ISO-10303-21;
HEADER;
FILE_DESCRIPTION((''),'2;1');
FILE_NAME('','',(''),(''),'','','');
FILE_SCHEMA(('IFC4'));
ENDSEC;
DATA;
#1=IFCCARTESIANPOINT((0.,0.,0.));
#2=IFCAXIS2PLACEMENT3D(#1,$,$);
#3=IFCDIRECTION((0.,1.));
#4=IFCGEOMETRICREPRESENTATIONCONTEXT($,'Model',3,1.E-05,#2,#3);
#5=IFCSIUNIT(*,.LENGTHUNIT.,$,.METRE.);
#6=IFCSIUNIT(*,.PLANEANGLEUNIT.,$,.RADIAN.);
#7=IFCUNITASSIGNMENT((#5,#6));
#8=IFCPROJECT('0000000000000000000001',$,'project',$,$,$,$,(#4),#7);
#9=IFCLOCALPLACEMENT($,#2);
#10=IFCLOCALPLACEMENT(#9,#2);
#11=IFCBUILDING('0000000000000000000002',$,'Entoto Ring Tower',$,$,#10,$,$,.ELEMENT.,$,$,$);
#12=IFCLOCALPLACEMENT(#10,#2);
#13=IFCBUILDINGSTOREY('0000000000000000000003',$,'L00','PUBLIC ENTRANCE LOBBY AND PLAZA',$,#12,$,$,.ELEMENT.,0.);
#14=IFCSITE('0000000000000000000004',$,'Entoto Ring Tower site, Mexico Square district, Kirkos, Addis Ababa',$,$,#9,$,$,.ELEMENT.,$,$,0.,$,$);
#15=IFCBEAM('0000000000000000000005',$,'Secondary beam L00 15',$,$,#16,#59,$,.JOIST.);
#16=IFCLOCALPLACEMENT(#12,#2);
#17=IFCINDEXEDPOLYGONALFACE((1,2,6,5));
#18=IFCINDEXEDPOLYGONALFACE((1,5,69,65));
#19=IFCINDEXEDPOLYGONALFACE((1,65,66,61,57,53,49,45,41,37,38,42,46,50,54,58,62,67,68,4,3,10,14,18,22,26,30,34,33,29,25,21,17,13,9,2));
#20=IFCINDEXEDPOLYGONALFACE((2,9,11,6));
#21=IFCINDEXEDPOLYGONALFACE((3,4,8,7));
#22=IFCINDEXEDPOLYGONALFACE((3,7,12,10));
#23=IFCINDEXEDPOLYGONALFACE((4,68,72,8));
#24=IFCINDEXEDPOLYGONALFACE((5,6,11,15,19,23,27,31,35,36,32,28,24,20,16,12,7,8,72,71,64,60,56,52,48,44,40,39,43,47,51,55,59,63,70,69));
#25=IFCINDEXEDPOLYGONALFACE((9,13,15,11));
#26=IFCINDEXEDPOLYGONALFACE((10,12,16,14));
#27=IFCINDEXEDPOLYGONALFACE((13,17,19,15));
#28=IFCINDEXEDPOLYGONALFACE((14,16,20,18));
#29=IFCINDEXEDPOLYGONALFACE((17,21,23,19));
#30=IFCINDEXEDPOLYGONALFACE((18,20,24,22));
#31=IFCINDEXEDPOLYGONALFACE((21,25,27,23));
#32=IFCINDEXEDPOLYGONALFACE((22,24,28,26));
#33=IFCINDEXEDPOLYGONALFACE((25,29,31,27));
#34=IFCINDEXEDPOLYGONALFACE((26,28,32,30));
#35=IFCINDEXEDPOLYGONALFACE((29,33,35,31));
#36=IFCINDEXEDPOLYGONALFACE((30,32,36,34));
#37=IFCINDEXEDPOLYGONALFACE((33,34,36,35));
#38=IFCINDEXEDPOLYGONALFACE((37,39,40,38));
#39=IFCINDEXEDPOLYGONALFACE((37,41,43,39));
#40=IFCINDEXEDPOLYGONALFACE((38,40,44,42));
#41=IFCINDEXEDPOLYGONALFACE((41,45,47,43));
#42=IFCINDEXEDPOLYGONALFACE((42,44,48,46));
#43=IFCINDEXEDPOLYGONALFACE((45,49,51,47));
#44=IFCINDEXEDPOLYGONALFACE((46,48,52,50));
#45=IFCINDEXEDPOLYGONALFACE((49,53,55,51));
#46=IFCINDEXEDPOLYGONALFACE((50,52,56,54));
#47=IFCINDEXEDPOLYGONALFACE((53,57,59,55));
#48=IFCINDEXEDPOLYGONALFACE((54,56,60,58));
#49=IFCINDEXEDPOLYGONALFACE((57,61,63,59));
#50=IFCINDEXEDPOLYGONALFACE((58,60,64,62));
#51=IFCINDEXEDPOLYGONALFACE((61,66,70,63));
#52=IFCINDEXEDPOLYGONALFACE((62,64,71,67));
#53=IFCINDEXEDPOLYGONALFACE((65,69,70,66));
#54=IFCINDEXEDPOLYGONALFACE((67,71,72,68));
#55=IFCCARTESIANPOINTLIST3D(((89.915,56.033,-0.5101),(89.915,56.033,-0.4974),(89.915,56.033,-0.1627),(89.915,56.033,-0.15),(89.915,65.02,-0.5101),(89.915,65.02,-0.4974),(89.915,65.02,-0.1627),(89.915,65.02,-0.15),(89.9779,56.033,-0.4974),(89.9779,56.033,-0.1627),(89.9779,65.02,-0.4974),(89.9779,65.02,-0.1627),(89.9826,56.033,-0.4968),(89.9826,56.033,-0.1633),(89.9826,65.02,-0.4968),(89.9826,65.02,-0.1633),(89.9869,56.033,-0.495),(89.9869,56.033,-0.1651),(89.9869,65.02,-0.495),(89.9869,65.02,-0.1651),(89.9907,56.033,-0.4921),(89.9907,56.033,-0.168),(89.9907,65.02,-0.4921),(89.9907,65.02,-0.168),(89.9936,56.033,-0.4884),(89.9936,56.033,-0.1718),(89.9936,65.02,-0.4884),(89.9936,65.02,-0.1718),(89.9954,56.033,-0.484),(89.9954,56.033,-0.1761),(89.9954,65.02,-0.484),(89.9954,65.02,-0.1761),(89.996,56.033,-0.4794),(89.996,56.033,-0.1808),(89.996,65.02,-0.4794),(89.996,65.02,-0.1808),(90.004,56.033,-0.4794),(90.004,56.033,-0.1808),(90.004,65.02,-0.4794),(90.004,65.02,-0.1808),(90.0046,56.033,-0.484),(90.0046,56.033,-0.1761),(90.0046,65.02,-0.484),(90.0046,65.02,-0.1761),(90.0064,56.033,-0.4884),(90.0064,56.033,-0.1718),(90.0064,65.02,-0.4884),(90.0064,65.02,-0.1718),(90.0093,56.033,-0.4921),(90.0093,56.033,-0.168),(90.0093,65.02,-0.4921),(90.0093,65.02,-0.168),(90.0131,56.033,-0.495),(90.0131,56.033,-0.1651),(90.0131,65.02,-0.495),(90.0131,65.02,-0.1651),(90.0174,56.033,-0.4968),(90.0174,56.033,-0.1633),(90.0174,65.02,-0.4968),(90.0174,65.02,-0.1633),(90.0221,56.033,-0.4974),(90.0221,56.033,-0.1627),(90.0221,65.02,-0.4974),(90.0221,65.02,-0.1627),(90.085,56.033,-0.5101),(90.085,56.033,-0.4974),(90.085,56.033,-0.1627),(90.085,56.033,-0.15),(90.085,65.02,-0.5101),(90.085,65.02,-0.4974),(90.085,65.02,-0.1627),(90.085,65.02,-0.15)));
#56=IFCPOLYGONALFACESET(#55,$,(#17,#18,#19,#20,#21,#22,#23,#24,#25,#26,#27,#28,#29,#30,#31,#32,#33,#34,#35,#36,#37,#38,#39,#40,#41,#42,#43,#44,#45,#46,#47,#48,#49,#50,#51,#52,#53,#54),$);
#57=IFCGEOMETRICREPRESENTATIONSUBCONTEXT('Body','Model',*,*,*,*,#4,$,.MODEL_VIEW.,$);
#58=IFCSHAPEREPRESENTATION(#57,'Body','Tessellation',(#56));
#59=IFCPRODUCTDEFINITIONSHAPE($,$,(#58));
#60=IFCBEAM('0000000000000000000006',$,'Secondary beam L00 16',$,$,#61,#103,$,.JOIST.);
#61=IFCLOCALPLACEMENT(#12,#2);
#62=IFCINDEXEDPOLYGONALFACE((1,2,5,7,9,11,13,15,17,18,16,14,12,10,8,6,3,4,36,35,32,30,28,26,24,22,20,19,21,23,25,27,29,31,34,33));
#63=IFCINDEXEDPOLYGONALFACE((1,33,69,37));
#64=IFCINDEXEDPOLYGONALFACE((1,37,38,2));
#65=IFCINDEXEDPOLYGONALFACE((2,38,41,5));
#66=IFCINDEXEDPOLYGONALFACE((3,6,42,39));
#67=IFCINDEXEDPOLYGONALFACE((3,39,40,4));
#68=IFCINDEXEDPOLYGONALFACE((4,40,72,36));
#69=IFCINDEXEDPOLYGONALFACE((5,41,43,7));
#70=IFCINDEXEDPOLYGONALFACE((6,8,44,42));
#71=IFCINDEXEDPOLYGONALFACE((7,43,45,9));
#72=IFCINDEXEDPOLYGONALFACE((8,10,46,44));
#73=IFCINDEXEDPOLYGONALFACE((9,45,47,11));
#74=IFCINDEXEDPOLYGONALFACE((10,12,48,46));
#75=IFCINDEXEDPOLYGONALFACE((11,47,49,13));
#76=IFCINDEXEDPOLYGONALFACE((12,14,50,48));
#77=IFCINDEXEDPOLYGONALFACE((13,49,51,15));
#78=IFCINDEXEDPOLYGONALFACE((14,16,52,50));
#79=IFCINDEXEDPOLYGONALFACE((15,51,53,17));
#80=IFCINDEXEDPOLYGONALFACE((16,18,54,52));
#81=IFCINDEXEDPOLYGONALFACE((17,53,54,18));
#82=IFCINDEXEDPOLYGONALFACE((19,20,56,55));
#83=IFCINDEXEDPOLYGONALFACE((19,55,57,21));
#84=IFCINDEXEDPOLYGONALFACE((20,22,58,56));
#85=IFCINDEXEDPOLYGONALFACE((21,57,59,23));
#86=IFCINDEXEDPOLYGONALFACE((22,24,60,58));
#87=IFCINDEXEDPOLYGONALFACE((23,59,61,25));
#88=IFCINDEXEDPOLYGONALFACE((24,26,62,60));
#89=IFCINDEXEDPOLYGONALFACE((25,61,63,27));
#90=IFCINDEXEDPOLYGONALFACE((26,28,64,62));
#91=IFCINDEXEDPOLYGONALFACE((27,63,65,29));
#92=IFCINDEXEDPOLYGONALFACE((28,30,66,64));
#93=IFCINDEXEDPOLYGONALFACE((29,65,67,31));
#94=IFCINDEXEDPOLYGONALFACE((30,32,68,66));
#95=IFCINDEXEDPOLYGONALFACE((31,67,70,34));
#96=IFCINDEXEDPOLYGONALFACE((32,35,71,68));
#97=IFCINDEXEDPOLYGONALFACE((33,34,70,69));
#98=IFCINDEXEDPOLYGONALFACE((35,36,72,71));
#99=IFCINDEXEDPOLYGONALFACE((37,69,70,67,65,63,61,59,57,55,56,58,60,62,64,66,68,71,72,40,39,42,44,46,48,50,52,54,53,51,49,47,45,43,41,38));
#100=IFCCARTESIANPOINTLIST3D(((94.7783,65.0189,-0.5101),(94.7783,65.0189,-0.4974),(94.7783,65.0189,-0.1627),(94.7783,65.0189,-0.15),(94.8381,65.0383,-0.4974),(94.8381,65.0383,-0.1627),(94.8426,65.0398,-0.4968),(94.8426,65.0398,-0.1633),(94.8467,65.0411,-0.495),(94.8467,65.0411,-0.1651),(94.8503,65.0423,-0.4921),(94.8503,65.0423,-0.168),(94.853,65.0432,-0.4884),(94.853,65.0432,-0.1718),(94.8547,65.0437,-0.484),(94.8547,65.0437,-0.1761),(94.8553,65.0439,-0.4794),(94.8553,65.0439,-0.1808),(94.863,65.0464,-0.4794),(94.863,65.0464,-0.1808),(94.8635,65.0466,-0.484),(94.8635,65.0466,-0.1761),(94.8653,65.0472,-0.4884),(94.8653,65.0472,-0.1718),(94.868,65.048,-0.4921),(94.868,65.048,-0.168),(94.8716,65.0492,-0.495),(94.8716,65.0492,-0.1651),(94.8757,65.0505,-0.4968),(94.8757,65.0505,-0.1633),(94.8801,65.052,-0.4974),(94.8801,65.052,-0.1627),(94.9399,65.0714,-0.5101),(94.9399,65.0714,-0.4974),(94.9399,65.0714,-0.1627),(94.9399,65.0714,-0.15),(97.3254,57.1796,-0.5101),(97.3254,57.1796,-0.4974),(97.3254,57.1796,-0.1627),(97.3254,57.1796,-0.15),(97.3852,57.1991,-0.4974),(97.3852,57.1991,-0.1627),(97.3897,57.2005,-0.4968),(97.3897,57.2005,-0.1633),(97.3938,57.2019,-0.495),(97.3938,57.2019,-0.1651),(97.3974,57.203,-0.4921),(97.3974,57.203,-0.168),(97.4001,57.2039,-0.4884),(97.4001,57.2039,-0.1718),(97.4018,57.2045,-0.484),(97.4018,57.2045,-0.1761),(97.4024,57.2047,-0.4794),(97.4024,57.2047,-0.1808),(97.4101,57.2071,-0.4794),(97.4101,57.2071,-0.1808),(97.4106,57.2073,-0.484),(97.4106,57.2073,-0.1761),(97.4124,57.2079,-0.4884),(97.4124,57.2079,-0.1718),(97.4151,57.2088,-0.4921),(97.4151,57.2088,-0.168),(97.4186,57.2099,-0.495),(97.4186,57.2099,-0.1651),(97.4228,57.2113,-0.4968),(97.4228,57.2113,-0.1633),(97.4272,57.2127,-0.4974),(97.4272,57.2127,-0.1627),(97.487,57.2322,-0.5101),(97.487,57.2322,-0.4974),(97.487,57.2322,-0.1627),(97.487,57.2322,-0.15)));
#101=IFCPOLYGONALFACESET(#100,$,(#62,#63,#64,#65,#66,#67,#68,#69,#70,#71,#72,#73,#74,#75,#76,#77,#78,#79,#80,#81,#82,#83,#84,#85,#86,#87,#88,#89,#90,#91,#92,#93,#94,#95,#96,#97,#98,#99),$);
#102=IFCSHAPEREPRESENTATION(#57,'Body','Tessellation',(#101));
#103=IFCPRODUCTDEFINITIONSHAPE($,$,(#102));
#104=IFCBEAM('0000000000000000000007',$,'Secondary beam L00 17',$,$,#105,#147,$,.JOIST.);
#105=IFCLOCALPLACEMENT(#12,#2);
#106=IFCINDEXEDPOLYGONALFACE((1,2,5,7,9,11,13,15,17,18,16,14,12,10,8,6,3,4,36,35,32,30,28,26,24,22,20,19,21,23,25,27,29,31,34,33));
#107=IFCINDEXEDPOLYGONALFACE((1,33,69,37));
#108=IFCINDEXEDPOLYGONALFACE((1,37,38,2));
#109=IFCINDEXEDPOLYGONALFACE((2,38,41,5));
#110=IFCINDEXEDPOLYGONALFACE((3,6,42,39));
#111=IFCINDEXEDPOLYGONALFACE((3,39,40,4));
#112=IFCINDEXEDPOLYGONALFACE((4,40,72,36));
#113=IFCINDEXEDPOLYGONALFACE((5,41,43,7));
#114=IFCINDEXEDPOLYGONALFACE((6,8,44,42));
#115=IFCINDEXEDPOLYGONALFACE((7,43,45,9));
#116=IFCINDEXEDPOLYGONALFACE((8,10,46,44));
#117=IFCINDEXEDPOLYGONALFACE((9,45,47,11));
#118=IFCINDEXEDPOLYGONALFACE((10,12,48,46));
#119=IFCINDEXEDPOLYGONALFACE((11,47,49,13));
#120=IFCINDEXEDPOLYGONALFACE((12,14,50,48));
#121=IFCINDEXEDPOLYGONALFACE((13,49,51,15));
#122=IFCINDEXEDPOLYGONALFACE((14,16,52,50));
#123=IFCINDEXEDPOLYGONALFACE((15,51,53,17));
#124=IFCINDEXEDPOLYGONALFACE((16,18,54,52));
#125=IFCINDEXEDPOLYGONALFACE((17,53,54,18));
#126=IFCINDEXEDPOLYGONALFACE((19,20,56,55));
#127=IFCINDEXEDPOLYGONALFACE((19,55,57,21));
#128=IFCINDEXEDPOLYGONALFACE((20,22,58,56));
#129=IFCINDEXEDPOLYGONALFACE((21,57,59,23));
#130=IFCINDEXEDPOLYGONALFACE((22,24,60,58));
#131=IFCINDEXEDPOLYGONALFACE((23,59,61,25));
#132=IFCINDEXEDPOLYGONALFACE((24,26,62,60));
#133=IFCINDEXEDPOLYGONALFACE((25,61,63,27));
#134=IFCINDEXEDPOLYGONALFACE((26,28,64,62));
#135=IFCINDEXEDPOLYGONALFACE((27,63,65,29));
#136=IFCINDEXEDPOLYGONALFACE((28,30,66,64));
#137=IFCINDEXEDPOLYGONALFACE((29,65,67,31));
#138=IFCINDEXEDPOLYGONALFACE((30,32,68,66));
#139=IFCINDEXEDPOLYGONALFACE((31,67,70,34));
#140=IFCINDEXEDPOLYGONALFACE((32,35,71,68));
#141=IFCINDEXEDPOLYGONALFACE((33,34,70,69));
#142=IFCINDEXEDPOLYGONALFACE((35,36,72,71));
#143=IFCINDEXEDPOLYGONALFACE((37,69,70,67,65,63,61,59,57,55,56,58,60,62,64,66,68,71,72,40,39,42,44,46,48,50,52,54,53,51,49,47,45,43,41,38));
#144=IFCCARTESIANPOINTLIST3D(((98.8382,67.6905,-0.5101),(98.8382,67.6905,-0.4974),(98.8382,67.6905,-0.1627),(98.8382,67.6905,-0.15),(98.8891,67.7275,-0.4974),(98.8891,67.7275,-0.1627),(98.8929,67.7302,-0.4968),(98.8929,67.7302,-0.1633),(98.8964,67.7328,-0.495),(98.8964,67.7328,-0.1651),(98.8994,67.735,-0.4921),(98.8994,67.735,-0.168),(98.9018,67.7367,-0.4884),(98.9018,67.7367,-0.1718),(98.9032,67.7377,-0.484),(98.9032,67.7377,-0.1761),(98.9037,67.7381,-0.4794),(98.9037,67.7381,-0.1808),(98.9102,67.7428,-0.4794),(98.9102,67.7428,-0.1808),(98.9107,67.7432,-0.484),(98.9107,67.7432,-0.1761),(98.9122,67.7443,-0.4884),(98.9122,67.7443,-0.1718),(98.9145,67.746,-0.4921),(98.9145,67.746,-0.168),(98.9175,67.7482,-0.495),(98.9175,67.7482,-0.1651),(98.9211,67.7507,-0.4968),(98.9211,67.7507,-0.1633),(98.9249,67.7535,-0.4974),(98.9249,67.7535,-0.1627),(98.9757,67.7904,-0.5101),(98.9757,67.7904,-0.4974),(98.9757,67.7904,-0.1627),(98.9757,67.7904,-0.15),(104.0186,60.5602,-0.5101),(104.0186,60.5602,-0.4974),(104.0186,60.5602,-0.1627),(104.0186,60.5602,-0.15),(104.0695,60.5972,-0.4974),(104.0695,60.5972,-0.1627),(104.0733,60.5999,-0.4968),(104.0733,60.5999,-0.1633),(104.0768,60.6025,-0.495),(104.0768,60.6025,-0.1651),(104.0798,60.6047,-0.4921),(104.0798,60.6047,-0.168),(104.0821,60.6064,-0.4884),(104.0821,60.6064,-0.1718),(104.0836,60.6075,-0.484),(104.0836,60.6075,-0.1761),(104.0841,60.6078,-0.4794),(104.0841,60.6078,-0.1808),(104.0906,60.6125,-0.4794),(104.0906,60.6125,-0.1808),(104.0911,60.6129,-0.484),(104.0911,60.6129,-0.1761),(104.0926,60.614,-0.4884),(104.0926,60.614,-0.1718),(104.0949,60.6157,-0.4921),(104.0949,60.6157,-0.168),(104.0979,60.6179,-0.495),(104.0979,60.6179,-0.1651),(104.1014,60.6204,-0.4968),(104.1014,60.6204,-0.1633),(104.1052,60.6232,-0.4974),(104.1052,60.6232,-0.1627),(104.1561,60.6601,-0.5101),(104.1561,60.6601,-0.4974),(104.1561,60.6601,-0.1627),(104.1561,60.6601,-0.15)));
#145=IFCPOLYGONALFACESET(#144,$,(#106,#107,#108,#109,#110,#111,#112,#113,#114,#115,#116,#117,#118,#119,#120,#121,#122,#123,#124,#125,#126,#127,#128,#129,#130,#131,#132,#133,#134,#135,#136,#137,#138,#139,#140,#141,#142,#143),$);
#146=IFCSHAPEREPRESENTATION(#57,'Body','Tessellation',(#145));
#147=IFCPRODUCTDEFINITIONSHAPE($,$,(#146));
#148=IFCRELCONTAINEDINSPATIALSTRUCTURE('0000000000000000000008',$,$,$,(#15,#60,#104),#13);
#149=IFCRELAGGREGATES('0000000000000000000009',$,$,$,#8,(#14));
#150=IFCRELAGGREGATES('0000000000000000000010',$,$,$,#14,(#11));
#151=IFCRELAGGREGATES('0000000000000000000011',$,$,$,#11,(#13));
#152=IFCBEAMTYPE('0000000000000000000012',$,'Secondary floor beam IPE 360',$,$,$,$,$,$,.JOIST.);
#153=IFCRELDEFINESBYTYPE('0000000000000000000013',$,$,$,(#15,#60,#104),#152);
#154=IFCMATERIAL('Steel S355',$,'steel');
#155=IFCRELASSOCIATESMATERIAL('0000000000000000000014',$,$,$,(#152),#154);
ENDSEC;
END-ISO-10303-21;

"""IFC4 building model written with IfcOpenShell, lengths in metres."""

from ifc_helpers import new_model, si_unit, direction, frame, origin, origin_2d, place, context, subcontext, project, spatial, i_section, extrude, material, material_profile, profile_set, type_object, element, save


model = new_model("IFC4")

# Units and contexts
model_context = context("Model", 3, precision=1e-05, world=origin(), true_north=direction((0.0, 1.0)))
body_context = subcontext(model_context, "Body", "Model", "MODEL_VIEW")
ifc_project = project(units=[si_unit("LENGTHUNIT", "METRE"), si_unit("PLANEANGLEUNIT", "RADIAN")], contexts=[model_context])

# Site, building, storey
site_placement = place(None, origin())
site = spatial("IfcSite", under=ifc_project, at=site_placement, Name="Entoto Ring Tower site, Mexico Square district, Kirkos, Addis Ababa", CompositionType="ELEMENT", RefElevation=0.0)
building_placement = place(site_placement, origin())
building = spatial("IfcBuilding", under=site, at=building_placement, Name="Entoto Ring Tower", CompositionType="ELEMENT")
storey_placement = place(building_placement, origin())
storey = spatial("IfcBuildingStorey", under=building, at=storey_placement, Name="L00", Description="PUBLIC ENTRANCE LOBBY AND PLAZA", CompositionType="ELEMENT", Elevation=0.0)

# Beams
ifc_material_1 = material(Name="Steel S355", Category="steel")
ifc_material_profile_1 = material_profile(ifc_material_1, i_section(OverallWidth=0.1699, OverallDepth=0.3601, WebThickness=0.0081, FlangeThickness=0.0127, FilletRadius=0.0181, at=origin_2d()), Name="IPE 360")
ifc_profile_set_1 = profile_set([ifc_material_profile_1], Name="Steel S355")
beam_type_1 = type_object("IfcBeamType", Name="Secondary floor beam IPE 360", PredefinedType="JOIST", material=ifc_profile_set_1)
beam_1_placement = place(storey_placement, frame((90.0, 65.02, -0.3301), z_axis=(0.0, -1.0, 0.0), x_axis=(1.0, 0.0, 0.0)))
element("IfcBeam", 1, at=beam_1_placement, inside=storey, type_object=beam_type_1, Name="Secondary beam L00 15", PredefinedType="JOIST", context=body_context, shape_type="SweptSolid", body=[
    extrude(i_section(OverallWidth=0.1699, OverallDepth=0.3601, WebThickness=0.0081, FlangeThickness=0.0127, FilletRadius=0.0181, at=origin_2d()), origin(), (0.0, 0.0, 1.0), 8.9871),
])
beam_2_placement = place(storey_placement, frame((94.8591, 65.0452, -0.3301), z_axis=(0.309012, -0.951058, 0.0), x_axis=(0.951058, 0.309012, 0.0)))
element("IfcBeam", 2, at=beam_2_placement, inside=storey, type_object=beam_type_1, Name="Secondary beam L00 16", PredefinedType="JOIST", context=body_context, shape_type="SweptSolid", body=[
    extrude(i_section(OverallWidth=0.1699, OverallDepth=0.3601, WebThickness=0.0081, FlangeThickness=0.0127, FilletRadius=0.0181, at=origin_2d()), origin(), (0.0, 0.0, 1.0), 8.2427),
])
beam_3_placement = place(storey_placement, frame((98.907, 67.7405, -0.3301), z_axis=(0.587778, -0.809022, 0.0), x_axis=(0.809022, 0.587778, 0.0)))
element("IfcBeam", 3, at=beam_3_placement, inside=storey, type_object=beam_type_1, Name="Secondary beam L00 17", PredefinedType="JOIST", context=body_context, shape_type="SweptSolid", body=[
    extrude(i_section(OverallWidth=0.1699, OverallDepth=0.3601, WebThickness=0.0081, FlangeThickness=0.0127, FilletRadius=0.0181, at=origin_2d()), origin(), (0.0, 0.0, 1.0), 8.8135),
])

save(model, "model.ifc")
